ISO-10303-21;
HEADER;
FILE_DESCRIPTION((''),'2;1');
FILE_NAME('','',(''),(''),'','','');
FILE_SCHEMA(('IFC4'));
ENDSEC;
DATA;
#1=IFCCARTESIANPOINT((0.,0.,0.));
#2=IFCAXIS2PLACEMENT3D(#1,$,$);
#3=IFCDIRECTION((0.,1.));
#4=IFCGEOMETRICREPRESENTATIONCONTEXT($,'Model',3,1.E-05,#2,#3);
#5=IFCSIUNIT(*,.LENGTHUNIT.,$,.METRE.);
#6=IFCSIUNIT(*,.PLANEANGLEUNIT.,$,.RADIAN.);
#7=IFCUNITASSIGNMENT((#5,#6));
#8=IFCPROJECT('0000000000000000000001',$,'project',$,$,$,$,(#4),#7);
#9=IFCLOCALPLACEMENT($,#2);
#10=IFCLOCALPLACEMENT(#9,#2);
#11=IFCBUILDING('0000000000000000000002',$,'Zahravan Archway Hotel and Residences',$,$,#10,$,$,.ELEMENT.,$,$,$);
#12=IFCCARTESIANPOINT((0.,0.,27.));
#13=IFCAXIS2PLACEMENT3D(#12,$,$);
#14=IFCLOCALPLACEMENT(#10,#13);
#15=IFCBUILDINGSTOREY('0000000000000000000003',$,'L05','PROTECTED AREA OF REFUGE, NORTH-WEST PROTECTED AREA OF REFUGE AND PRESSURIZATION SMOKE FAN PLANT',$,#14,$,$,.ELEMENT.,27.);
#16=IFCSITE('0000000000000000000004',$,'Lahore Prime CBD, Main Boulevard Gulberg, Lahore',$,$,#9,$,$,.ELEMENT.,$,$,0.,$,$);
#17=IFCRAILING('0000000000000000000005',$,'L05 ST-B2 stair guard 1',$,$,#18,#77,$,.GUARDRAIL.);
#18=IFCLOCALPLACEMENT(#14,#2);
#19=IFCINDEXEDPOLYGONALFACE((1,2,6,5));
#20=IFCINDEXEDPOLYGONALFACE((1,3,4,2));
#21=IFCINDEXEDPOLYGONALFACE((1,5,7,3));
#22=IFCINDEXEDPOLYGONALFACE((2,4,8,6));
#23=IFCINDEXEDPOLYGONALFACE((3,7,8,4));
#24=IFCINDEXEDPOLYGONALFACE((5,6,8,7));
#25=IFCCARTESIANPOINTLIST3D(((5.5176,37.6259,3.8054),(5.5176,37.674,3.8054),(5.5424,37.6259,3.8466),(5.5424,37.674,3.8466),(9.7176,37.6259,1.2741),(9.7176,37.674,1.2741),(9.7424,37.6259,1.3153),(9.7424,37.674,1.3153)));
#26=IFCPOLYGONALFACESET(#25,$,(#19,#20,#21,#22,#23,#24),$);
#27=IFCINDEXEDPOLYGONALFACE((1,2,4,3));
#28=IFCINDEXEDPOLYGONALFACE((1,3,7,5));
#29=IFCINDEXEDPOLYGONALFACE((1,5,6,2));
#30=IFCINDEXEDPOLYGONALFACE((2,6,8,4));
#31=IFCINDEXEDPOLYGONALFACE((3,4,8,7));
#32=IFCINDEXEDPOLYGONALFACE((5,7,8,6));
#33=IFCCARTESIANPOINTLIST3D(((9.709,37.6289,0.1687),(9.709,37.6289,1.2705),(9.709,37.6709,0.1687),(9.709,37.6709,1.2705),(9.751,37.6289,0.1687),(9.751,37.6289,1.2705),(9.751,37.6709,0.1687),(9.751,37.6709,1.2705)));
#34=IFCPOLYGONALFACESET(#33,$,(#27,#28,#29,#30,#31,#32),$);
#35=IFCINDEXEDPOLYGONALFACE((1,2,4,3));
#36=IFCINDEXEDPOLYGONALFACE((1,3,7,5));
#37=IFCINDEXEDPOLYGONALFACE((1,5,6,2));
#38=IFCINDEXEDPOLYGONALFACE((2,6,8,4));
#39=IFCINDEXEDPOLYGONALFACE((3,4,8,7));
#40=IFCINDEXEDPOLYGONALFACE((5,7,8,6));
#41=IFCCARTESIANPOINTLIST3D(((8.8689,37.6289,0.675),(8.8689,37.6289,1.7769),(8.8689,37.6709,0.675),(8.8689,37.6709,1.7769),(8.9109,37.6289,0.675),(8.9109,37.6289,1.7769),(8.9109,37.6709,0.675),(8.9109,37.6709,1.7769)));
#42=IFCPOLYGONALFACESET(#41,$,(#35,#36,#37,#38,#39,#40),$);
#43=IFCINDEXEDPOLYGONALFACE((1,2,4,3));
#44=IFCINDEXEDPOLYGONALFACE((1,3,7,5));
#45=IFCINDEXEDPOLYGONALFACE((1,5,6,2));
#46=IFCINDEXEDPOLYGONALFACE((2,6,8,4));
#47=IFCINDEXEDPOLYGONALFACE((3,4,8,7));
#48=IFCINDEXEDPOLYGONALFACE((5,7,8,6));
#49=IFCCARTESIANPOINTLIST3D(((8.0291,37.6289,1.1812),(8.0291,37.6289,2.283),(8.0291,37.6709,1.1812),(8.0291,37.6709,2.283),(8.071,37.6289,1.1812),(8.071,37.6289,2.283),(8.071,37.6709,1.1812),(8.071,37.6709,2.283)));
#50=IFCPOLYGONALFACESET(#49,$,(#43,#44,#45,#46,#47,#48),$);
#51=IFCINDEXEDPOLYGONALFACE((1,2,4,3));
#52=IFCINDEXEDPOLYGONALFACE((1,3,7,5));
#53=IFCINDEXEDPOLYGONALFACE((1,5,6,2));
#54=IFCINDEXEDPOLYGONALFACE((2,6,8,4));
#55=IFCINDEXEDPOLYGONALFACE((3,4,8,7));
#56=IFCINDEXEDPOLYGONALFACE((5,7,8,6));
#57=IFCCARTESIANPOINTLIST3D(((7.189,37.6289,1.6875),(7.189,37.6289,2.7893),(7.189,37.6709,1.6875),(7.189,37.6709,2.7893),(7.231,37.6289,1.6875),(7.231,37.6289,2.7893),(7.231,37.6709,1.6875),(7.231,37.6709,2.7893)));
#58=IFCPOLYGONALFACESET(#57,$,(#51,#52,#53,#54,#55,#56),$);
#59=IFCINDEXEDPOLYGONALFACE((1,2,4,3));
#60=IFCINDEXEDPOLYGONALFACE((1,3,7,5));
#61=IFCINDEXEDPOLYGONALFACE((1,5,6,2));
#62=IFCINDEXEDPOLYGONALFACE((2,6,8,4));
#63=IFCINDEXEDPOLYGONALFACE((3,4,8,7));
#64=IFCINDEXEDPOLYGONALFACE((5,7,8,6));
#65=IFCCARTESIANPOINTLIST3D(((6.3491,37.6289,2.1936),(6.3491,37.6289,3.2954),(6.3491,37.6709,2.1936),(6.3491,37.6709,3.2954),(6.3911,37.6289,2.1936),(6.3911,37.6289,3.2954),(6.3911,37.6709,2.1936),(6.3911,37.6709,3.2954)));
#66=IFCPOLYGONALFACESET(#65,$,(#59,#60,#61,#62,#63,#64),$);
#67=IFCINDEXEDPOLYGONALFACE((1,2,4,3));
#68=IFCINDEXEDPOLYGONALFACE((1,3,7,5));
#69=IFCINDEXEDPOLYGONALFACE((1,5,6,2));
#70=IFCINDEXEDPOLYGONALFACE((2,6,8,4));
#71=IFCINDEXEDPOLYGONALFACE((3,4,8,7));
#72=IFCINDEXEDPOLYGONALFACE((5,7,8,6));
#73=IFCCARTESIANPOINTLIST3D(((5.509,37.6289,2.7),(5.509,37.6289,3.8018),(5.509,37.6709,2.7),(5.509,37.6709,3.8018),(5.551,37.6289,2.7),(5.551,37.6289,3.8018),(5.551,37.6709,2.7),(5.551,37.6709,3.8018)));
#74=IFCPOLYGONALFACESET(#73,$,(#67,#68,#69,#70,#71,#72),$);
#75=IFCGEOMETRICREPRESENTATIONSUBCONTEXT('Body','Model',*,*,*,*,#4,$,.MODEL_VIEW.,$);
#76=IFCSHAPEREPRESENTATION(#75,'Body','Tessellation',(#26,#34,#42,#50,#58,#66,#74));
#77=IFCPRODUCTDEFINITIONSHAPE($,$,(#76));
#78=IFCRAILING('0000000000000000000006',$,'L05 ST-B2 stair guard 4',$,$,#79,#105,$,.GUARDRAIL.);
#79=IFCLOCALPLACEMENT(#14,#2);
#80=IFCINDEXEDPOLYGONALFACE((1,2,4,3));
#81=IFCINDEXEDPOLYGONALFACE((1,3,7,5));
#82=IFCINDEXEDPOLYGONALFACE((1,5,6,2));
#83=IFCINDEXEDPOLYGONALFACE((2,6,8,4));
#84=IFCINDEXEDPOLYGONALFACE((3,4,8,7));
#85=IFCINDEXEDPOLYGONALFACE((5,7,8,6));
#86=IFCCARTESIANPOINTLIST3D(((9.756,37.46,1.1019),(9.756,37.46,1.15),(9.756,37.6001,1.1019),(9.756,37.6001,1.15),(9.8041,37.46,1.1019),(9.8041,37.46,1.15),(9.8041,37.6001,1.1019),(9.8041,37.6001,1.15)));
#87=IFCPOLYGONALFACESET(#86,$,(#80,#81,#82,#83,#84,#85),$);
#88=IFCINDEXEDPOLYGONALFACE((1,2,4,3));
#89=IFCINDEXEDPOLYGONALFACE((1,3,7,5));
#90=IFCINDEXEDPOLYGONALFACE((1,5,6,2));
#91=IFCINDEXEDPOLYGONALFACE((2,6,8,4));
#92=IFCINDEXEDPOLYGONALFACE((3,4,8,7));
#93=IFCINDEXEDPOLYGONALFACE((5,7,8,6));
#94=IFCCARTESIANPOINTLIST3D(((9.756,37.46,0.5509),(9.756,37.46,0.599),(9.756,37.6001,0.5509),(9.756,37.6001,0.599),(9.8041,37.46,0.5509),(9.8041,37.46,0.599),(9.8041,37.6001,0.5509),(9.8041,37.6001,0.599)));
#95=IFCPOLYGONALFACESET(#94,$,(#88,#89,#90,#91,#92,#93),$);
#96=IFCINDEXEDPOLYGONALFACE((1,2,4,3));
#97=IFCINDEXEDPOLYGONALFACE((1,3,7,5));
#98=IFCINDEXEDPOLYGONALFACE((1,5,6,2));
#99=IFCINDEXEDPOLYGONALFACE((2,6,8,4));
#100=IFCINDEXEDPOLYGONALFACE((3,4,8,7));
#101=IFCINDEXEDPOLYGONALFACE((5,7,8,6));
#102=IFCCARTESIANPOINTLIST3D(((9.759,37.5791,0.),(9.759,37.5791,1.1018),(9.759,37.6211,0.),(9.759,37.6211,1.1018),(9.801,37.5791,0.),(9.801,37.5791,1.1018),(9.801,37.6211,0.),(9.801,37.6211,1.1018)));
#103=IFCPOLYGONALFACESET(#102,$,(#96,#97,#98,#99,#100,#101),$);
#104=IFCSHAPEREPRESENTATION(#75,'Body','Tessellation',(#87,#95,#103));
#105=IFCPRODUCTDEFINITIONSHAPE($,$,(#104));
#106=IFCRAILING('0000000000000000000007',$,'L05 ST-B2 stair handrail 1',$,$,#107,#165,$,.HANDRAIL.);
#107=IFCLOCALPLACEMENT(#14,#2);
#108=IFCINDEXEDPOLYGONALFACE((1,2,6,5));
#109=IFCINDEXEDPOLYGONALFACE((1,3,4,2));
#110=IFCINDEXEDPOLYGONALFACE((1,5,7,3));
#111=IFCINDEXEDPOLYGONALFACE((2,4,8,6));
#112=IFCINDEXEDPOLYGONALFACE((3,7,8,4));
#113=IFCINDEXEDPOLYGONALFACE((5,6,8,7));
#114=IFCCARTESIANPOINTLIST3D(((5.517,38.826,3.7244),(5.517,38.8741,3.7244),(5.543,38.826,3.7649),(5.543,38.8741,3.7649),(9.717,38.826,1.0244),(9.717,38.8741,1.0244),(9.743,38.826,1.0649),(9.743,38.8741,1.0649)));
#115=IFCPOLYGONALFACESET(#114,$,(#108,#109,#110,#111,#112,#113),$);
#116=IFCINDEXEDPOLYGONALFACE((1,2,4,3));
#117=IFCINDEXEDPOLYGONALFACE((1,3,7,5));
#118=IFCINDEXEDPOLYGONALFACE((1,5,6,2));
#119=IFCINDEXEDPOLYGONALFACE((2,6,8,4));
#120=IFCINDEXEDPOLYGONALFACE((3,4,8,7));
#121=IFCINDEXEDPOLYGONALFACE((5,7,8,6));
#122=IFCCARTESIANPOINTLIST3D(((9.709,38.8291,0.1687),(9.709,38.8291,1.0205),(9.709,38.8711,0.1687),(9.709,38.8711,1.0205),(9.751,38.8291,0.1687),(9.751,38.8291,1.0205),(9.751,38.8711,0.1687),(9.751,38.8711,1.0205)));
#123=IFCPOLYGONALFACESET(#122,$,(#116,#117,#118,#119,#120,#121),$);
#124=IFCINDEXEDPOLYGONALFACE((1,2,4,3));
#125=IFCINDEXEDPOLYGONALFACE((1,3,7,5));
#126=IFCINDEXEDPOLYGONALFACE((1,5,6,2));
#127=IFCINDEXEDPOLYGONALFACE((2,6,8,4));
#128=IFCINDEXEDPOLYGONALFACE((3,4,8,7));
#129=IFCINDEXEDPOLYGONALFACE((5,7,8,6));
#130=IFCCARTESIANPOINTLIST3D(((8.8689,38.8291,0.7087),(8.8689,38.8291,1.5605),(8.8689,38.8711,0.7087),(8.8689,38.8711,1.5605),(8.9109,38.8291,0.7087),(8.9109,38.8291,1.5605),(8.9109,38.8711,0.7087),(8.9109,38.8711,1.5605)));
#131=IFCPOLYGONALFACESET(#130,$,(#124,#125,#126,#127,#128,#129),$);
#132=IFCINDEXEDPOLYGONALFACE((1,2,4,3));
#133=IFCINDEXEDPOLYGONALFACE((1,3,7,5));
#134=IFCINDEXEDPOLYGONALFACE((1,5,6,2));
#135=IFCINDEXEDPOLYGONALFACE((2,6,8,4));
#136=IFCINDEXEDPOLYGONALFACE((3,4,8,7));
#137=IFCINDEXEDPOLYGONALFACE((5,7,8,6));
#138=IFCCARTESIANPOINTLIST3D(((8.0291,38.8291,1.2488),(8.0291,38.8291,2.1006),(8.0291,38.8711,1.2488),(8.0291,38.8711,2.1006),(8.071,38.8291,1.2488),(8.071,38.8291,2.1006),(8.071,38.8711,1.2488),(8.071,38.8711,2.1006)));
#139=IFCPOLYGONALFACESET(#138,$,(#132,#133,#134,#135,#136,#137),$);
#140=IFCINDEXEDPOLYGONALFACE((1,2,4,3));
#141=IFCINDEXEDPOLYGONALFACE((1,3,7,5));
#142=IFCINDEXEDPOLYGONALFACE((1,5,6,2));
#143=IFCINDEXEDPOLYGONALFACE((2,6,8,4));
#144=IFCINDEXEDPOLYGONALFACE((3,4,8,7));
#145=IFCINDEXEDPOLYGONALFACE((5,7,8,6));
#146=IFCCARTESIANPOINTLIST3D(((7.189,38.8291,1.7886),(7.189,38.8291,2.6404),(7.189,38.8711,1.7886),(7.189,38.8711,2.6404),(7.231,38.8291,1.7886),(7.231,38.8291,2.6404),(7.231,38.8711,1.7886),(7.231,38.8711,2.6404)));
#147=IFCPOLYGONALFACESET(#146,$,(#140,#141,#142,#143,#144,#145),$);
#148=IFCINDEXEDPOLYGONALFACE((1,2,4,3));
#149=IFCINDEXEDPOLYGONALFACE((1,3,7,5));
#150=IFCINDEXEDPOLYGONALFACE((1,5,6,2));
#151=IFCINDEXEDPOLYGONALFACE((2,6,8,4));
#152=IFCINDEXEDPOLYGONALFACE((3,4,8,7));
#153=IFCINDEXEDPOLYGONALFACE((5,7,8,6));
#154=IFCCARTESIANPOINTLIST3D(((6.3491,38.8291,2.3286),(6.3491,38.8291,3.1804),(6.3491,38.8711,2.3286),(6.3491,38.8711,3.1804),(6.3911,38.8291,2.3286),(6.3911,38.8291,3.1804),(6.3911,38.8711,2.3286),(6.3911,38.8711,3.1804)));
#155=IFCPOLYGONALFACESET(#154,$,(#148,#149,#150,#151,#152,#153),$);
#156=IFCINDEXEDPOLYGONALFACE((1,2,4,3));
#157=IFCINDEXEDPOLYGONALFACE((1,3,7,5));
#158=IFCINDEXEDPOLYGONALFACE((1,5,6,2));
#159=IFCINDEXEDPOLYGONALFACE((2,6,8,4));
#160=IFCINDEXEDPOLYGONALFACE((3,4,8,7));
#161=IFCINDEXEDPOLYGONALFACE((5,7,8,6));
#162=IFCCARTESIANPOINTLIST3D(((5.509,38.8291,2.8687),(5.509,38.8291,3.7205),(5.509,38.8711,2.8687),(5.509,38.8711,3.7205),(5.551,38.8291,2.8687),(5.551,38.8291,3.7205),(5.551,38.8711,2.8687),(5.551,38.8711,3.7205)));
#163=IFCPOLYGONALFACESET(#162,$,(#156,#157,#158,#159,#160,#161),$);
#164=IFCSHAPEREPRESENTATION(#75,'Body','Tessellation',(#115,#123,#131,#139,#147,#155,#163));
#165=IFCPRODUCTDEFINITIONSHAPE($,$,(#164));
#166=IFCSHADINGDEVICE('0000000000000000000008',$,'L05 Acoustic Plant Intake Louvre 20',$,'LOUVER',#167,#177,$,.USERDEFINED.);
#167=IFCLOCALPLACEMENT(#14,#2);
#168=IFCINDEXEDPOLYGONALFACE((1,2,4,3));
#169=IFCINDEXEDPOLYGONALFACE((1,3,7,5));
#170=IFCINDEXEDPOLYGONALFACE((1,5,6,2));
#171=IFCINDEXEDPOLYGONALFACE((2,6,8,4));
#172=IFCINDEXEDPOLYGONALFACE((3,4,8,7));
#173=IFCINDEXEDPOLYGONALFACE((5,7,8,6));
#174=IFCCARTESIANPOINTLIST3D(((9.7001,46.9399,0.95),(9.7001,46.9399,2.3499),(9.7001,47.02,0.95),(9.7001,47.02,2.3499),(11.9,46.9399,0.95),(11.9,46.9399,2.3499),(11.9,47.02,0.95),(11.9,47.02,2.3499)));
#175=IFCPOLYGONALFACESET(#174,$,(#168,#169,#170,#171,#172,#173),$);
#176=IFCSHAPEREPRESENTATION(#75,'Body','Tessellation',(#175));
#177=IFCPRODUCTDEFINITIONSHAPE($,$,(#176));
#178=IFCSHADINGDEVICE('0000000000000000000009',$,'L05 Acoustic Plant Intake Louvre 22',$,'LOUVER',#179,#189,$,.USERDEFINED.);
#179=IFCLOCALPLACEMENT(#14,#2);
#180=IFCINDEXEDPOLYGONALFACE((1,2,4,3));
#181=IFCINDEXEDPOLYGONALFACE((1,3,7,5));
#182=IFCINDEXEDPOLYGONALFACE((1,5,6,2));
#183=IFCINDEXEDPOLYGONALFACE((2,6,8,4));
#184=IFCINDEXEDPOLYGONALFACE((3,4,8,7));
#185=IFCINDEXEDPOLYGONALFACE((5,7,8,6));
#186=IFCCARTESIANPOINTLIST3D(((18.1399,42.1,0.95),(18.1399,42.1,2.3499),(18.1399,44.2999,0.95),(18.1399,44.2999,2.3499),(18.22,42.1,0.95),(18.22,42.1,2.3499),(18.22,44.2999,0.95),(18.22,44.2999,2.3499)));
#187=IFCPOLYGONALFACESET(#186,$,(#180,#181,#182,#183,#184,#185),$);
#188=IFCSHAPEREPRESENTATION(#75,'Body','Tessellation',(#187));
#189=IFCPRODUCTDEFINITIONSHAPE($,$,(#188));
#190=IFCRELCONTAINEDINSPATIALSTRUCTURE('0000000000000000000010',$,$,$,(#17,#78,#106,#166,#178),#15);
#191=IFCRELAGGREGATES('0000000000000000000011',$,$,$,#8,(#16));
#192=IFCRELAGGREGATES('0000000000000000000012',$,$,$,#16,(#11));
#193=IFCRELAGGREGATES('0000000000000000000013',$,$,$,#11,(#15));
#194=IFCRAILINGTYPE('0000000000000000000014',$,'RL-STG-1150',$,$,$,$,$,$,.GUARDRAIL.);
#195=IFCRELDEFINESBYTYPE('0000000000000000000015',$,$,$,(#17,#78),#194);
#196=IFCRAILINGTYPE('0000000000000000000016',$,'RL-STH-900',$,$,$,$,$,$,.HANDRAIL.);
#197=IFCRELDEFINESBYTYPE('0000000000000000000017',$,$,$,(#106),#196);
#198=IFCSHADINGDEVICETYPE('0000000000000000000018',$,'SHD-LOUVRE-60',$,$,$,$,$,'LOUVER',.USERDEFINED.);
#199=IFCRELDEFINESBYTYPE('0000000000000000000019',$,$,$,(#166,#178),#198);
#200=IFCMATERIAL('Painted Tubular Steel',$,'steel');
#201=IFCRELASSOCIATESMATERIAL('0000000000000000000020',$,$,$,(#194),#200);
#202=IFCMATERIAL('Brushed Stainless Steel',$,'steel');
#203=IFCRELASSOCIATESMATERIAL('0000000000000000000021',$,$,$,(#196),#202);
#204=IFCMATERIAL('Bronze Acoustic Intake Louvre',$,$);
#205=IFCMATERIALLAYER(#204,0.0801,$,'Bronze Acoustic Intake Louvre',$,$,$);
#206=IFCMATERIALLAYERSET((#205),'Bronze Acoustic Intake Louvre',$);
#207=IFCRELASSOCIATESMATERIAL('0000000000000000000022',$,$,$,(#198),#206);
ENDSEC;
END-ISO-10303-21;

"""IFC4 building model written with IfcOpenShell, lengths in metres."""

from ifc_helpers import new_model, si_unit, direction, frame, origin, origin_2d, place, context, subcontext, project, spatial, rectangle, extrude, source, transform, mapped, material, layer, layer_set, type_object, type_shapes, element, save


model = new_model("IFC4")

# Units and contexts
model_context = context("Model", 3, precision=1e-05, world=origin(), true_north=direction((0.0, 1.0)))
body_context = subcontext(model_context, "Body", "Model", "MODEL_VIEW")
ifc_project = project(units=[si_unit("LENGTHUNIT", "METRE"), si_unit("PLANEANGLEUNIT", "RADIAN")], contexts=[model_context])

# Site, building, storey
site_placement = place(None, origin())
site = spatial("IfcSite", under=ifc_project, at=site_placement, Name="Lahore Prime CBD, Main Boulevard Gulberg, Lahore", CompositionType="ELEMENT", RefElevation=0.0)
building_placement = place(site_placement, origin())
building = spatial("IfcBuilding", under=site, at=building_placement, Name="Zahravan Archway Hotel and Residences", CompositionType="ELEMENT")
storey_placement = place(building_placement, frame((0.0, 0.0, 27.0)))
storey = spatial("IfcBuildingStorey", under=building, at=storey_placement, Name="L05", Description="PROTECTED AREA OF REFUGE, NORTH-WEST PROTECTED AREA OF REFUGE AND PRESSURIZATION SMOKE FAN PLANT", CompositionType="ELEMENT", Elevation=27.0)

# Railings
ifc_material_1 = material(Name="Painted Tubular Steel", Category="steel")
railing_type_1 = type_object("IfcRailingType", Name="RL-STG-1150", PredefinedType="GUARDRAIL", material=ifc_material_1)
railing_1_placement = place(storey_placement, frame((9.73, 37.6499, 0.1687)))
element("IfcRailing", 1, at=railing_1_placement, inside=storey, type_object=railing_type_1, Name="L05 ST-B2 stair guard 1", PredefinedType="GUARDRAIL", context=body_context, shape_type="SweptSolid", body=[
    extrude(rectangle(XDim=0.0481, YDim=0.0481, at=origin_2d()), frame((0.0, 0.0, 1.126), z_axis=(-0.856476, 0.0, 0.516186), x_axis=(0.0, -1.0, 0.0)), (0.0, 0.0, 1.0), 4.9038),
    extrude(rectangle(XDim=0.042, YDim=0.042, at=origin_2d()), origin(), (0.0, 0.0, 1.0), 1.1018),
    extrude(rectangle(XDim=0.042, YDim=0.042, at=origin_2d()), frame((-0.8401, 0.0, 0.5063)), (0.0, 0.0, 1.0), 1.1018),
    extrude(rectangle(XDim=0.042, YDim=0.042, at=origin_2d()), frame((-1.6799, 0.0, 1.0125)), (0.0, 0.0, 1.0), 1.1018),
    extrude(rectangle(XDim=0.042, YDim=0.042, at=origin_2d()), frame((-2.52, 0.0, 1.5188)), (0.0, 0.0, 1.0), 1.1018),
    extrude(rectangle(XDim=0.042, YDim=0.042, at=origin_2d()), frame((-3.3599, 0.0, 2.0249)), (0.0, 0.0, 1.0), 1.1018),
    extrude(rectangle(XDim=0.042, YDim=0.042, at=origin_2d()), frame((-4.2, 0.0, 2.5312)), (0.0, 0.0, 1.0), 1.1018),
])
railing_2_placement = place(storey_placement, frame((9.78, 37.6001, 0.0)))
element("IfcRailing", 2, at=railing_2_placement, inside=storey, type_object=railing_type_1, Name="L05 ST-B2 stair guard 4", PredefinedType="GUARDRAIL", context=body_context, shape_type="SweptSolid", body=[
    extrude(rectangle(XDim=0.0481, YDim=0.0481, at=origin_2d()), frame((0.0, 0.0, 1.126), z_axis=(0.0, -1.0, 0.0), x_axis=(1.0, 0.0, 0.0)), (0.0, 0.0, 1.0), 0.1401),
    extrude(rectangle(XDim=0.0481, YDim=0.0481, at=origin_2d()), frame((0.0, 0.0, 0.575), z_axis=(0.0, -1.0, 0.0), x_axis=(1.0, 0.0, 0.0)), (0.0, 0.0, 1.0), 0.1401),
    extrude(rectangle(XDim=0.042, YDim=0.042, at=origin_2d()), origin(), (0.0, 0.0, 1.0), 1.1018),
])
ifc_material_2 = material(Name="Brushed Stainless Steel", Category="steel")
railing_type_2 = type_object("IfcRailingType", Name="RL-STH-900", PredefinedType="HANDRAIL", material=ifc_material_2)
railing_3_placement = place(storey_placement, frame((9.73, 38.8501, 0.1687)))
element("IfcRailing", 3, at=railing_3_placement, inside=storey, type_object=railing_type_2, Name="L05 ST-B2 stair handrail 1", PredefinedType="HANDRAIL", context=body_context, shape_type="SweptSolid", body=[
    extrude(rectangle(XDim=0.0481, YDim=0.0481, at=origin_2d()), frame((0.0, 0.0, 0.876), z_axis=(-0.84118, 0.0, 0.540755), x_axis=(0.0, -1.0, 0.0)), (0.0, 0.0, 1.0), 4.9929),
    extrude(rectangle(XDim=0.042, YDim=0.042, at=origin_2d()), origin(), (0.0, 0.0, 1.0), 0.8518),
    extrude(rectangle(XDim=0.042, YDim=0.042, at=origin_2d()), frame((-0.8401, 0.0, 0.54)), (0.0, 0.0, 1.0), 0.8518),
    extrude(rectangle(XDim=0.042, YDim=0.042, at=origin_2d()), frame((-1.6799, 0.0, 1.0801)), (0.0, 0.0, 1.0), 0.8518),
    extrude(rectangle(XDim=0.042, YDim=0.042, at=origin_2d()), frame((-2.52, 0.0, 1.6199)), (0.0, 0.0, 1.0), 0.8518),
    extrude(rectangle(XDim=0.042, YDim=0.042, at=origin_2d()), frame((-3.3599, 0.0, 2.1599)), (0.0, 0.0, 1.0), 0.8518),
    extrude(rectangle(XDim=0.042, YDim=0.042, at=origin_2d()), frame((-4.2, 0.0, 2.7)), (0.0, 0.0, 1.0), 0.8518),
])

# Shading devices
ifc_material_3 = material(Name="Bronze Acoustic Intake Louvre")
ifc_layer_1 = layer(ifc_material_3, 0.0801, Name="Bronze Acoustic Intake Louvre")
ifc_layer_set_1 = layer_set([ifc_layer_1], Name="Bronze Acoustic Intake Louvre")
shading_device_type = type_object("IfcShadingDeviceType", Name="SHD-LOUVRE-60", ElementType="LOUVER", PredefinedType="USERDEFINED", material=ifc_layer_set_1)
shared_shape_1 = source(origin(), body_context, "Body", "SweptSolid", [
    extrude(rectangle(XDim=2.2, YDim=0.0801, at=origin_2d()), origin(), (0.0, 0.0, 1.0), 1.3999),
])
type_shapes(shading_device_type, [shared_shape_1])
for number, where, z_axis, x_axis, name in (
    (4, (10.8, 46.98, 0.95), (0.0, 0.0, 1.0), (1.0, 0.0, 0.0), "L05 Acoustic Plant Intake Louvre 20"),
    (5, (18.1799, 43.2, 0.95), (0.0, 0.0, 1.0), (0.0, 1.0, 0.0), "L05 Acoustic Plant Intake Louvre 22"),
):
    element("IfcShadingDevice", number, at=place(storey_placement, frame(where, z_axis=z_axis, x_axis=x_axis)), inside=storey, type_object=shading_device_type, Name=name, ObjectType="LOUVER", PredefinedType="USERDEFINED", context=body_context, shape_type="MappedRepresentation", body=[
        mapped(shared_shape_1, transform((0.0, 0.0, 0.0), scale=1.0)),
    ])

save(model, "model.ifc")
